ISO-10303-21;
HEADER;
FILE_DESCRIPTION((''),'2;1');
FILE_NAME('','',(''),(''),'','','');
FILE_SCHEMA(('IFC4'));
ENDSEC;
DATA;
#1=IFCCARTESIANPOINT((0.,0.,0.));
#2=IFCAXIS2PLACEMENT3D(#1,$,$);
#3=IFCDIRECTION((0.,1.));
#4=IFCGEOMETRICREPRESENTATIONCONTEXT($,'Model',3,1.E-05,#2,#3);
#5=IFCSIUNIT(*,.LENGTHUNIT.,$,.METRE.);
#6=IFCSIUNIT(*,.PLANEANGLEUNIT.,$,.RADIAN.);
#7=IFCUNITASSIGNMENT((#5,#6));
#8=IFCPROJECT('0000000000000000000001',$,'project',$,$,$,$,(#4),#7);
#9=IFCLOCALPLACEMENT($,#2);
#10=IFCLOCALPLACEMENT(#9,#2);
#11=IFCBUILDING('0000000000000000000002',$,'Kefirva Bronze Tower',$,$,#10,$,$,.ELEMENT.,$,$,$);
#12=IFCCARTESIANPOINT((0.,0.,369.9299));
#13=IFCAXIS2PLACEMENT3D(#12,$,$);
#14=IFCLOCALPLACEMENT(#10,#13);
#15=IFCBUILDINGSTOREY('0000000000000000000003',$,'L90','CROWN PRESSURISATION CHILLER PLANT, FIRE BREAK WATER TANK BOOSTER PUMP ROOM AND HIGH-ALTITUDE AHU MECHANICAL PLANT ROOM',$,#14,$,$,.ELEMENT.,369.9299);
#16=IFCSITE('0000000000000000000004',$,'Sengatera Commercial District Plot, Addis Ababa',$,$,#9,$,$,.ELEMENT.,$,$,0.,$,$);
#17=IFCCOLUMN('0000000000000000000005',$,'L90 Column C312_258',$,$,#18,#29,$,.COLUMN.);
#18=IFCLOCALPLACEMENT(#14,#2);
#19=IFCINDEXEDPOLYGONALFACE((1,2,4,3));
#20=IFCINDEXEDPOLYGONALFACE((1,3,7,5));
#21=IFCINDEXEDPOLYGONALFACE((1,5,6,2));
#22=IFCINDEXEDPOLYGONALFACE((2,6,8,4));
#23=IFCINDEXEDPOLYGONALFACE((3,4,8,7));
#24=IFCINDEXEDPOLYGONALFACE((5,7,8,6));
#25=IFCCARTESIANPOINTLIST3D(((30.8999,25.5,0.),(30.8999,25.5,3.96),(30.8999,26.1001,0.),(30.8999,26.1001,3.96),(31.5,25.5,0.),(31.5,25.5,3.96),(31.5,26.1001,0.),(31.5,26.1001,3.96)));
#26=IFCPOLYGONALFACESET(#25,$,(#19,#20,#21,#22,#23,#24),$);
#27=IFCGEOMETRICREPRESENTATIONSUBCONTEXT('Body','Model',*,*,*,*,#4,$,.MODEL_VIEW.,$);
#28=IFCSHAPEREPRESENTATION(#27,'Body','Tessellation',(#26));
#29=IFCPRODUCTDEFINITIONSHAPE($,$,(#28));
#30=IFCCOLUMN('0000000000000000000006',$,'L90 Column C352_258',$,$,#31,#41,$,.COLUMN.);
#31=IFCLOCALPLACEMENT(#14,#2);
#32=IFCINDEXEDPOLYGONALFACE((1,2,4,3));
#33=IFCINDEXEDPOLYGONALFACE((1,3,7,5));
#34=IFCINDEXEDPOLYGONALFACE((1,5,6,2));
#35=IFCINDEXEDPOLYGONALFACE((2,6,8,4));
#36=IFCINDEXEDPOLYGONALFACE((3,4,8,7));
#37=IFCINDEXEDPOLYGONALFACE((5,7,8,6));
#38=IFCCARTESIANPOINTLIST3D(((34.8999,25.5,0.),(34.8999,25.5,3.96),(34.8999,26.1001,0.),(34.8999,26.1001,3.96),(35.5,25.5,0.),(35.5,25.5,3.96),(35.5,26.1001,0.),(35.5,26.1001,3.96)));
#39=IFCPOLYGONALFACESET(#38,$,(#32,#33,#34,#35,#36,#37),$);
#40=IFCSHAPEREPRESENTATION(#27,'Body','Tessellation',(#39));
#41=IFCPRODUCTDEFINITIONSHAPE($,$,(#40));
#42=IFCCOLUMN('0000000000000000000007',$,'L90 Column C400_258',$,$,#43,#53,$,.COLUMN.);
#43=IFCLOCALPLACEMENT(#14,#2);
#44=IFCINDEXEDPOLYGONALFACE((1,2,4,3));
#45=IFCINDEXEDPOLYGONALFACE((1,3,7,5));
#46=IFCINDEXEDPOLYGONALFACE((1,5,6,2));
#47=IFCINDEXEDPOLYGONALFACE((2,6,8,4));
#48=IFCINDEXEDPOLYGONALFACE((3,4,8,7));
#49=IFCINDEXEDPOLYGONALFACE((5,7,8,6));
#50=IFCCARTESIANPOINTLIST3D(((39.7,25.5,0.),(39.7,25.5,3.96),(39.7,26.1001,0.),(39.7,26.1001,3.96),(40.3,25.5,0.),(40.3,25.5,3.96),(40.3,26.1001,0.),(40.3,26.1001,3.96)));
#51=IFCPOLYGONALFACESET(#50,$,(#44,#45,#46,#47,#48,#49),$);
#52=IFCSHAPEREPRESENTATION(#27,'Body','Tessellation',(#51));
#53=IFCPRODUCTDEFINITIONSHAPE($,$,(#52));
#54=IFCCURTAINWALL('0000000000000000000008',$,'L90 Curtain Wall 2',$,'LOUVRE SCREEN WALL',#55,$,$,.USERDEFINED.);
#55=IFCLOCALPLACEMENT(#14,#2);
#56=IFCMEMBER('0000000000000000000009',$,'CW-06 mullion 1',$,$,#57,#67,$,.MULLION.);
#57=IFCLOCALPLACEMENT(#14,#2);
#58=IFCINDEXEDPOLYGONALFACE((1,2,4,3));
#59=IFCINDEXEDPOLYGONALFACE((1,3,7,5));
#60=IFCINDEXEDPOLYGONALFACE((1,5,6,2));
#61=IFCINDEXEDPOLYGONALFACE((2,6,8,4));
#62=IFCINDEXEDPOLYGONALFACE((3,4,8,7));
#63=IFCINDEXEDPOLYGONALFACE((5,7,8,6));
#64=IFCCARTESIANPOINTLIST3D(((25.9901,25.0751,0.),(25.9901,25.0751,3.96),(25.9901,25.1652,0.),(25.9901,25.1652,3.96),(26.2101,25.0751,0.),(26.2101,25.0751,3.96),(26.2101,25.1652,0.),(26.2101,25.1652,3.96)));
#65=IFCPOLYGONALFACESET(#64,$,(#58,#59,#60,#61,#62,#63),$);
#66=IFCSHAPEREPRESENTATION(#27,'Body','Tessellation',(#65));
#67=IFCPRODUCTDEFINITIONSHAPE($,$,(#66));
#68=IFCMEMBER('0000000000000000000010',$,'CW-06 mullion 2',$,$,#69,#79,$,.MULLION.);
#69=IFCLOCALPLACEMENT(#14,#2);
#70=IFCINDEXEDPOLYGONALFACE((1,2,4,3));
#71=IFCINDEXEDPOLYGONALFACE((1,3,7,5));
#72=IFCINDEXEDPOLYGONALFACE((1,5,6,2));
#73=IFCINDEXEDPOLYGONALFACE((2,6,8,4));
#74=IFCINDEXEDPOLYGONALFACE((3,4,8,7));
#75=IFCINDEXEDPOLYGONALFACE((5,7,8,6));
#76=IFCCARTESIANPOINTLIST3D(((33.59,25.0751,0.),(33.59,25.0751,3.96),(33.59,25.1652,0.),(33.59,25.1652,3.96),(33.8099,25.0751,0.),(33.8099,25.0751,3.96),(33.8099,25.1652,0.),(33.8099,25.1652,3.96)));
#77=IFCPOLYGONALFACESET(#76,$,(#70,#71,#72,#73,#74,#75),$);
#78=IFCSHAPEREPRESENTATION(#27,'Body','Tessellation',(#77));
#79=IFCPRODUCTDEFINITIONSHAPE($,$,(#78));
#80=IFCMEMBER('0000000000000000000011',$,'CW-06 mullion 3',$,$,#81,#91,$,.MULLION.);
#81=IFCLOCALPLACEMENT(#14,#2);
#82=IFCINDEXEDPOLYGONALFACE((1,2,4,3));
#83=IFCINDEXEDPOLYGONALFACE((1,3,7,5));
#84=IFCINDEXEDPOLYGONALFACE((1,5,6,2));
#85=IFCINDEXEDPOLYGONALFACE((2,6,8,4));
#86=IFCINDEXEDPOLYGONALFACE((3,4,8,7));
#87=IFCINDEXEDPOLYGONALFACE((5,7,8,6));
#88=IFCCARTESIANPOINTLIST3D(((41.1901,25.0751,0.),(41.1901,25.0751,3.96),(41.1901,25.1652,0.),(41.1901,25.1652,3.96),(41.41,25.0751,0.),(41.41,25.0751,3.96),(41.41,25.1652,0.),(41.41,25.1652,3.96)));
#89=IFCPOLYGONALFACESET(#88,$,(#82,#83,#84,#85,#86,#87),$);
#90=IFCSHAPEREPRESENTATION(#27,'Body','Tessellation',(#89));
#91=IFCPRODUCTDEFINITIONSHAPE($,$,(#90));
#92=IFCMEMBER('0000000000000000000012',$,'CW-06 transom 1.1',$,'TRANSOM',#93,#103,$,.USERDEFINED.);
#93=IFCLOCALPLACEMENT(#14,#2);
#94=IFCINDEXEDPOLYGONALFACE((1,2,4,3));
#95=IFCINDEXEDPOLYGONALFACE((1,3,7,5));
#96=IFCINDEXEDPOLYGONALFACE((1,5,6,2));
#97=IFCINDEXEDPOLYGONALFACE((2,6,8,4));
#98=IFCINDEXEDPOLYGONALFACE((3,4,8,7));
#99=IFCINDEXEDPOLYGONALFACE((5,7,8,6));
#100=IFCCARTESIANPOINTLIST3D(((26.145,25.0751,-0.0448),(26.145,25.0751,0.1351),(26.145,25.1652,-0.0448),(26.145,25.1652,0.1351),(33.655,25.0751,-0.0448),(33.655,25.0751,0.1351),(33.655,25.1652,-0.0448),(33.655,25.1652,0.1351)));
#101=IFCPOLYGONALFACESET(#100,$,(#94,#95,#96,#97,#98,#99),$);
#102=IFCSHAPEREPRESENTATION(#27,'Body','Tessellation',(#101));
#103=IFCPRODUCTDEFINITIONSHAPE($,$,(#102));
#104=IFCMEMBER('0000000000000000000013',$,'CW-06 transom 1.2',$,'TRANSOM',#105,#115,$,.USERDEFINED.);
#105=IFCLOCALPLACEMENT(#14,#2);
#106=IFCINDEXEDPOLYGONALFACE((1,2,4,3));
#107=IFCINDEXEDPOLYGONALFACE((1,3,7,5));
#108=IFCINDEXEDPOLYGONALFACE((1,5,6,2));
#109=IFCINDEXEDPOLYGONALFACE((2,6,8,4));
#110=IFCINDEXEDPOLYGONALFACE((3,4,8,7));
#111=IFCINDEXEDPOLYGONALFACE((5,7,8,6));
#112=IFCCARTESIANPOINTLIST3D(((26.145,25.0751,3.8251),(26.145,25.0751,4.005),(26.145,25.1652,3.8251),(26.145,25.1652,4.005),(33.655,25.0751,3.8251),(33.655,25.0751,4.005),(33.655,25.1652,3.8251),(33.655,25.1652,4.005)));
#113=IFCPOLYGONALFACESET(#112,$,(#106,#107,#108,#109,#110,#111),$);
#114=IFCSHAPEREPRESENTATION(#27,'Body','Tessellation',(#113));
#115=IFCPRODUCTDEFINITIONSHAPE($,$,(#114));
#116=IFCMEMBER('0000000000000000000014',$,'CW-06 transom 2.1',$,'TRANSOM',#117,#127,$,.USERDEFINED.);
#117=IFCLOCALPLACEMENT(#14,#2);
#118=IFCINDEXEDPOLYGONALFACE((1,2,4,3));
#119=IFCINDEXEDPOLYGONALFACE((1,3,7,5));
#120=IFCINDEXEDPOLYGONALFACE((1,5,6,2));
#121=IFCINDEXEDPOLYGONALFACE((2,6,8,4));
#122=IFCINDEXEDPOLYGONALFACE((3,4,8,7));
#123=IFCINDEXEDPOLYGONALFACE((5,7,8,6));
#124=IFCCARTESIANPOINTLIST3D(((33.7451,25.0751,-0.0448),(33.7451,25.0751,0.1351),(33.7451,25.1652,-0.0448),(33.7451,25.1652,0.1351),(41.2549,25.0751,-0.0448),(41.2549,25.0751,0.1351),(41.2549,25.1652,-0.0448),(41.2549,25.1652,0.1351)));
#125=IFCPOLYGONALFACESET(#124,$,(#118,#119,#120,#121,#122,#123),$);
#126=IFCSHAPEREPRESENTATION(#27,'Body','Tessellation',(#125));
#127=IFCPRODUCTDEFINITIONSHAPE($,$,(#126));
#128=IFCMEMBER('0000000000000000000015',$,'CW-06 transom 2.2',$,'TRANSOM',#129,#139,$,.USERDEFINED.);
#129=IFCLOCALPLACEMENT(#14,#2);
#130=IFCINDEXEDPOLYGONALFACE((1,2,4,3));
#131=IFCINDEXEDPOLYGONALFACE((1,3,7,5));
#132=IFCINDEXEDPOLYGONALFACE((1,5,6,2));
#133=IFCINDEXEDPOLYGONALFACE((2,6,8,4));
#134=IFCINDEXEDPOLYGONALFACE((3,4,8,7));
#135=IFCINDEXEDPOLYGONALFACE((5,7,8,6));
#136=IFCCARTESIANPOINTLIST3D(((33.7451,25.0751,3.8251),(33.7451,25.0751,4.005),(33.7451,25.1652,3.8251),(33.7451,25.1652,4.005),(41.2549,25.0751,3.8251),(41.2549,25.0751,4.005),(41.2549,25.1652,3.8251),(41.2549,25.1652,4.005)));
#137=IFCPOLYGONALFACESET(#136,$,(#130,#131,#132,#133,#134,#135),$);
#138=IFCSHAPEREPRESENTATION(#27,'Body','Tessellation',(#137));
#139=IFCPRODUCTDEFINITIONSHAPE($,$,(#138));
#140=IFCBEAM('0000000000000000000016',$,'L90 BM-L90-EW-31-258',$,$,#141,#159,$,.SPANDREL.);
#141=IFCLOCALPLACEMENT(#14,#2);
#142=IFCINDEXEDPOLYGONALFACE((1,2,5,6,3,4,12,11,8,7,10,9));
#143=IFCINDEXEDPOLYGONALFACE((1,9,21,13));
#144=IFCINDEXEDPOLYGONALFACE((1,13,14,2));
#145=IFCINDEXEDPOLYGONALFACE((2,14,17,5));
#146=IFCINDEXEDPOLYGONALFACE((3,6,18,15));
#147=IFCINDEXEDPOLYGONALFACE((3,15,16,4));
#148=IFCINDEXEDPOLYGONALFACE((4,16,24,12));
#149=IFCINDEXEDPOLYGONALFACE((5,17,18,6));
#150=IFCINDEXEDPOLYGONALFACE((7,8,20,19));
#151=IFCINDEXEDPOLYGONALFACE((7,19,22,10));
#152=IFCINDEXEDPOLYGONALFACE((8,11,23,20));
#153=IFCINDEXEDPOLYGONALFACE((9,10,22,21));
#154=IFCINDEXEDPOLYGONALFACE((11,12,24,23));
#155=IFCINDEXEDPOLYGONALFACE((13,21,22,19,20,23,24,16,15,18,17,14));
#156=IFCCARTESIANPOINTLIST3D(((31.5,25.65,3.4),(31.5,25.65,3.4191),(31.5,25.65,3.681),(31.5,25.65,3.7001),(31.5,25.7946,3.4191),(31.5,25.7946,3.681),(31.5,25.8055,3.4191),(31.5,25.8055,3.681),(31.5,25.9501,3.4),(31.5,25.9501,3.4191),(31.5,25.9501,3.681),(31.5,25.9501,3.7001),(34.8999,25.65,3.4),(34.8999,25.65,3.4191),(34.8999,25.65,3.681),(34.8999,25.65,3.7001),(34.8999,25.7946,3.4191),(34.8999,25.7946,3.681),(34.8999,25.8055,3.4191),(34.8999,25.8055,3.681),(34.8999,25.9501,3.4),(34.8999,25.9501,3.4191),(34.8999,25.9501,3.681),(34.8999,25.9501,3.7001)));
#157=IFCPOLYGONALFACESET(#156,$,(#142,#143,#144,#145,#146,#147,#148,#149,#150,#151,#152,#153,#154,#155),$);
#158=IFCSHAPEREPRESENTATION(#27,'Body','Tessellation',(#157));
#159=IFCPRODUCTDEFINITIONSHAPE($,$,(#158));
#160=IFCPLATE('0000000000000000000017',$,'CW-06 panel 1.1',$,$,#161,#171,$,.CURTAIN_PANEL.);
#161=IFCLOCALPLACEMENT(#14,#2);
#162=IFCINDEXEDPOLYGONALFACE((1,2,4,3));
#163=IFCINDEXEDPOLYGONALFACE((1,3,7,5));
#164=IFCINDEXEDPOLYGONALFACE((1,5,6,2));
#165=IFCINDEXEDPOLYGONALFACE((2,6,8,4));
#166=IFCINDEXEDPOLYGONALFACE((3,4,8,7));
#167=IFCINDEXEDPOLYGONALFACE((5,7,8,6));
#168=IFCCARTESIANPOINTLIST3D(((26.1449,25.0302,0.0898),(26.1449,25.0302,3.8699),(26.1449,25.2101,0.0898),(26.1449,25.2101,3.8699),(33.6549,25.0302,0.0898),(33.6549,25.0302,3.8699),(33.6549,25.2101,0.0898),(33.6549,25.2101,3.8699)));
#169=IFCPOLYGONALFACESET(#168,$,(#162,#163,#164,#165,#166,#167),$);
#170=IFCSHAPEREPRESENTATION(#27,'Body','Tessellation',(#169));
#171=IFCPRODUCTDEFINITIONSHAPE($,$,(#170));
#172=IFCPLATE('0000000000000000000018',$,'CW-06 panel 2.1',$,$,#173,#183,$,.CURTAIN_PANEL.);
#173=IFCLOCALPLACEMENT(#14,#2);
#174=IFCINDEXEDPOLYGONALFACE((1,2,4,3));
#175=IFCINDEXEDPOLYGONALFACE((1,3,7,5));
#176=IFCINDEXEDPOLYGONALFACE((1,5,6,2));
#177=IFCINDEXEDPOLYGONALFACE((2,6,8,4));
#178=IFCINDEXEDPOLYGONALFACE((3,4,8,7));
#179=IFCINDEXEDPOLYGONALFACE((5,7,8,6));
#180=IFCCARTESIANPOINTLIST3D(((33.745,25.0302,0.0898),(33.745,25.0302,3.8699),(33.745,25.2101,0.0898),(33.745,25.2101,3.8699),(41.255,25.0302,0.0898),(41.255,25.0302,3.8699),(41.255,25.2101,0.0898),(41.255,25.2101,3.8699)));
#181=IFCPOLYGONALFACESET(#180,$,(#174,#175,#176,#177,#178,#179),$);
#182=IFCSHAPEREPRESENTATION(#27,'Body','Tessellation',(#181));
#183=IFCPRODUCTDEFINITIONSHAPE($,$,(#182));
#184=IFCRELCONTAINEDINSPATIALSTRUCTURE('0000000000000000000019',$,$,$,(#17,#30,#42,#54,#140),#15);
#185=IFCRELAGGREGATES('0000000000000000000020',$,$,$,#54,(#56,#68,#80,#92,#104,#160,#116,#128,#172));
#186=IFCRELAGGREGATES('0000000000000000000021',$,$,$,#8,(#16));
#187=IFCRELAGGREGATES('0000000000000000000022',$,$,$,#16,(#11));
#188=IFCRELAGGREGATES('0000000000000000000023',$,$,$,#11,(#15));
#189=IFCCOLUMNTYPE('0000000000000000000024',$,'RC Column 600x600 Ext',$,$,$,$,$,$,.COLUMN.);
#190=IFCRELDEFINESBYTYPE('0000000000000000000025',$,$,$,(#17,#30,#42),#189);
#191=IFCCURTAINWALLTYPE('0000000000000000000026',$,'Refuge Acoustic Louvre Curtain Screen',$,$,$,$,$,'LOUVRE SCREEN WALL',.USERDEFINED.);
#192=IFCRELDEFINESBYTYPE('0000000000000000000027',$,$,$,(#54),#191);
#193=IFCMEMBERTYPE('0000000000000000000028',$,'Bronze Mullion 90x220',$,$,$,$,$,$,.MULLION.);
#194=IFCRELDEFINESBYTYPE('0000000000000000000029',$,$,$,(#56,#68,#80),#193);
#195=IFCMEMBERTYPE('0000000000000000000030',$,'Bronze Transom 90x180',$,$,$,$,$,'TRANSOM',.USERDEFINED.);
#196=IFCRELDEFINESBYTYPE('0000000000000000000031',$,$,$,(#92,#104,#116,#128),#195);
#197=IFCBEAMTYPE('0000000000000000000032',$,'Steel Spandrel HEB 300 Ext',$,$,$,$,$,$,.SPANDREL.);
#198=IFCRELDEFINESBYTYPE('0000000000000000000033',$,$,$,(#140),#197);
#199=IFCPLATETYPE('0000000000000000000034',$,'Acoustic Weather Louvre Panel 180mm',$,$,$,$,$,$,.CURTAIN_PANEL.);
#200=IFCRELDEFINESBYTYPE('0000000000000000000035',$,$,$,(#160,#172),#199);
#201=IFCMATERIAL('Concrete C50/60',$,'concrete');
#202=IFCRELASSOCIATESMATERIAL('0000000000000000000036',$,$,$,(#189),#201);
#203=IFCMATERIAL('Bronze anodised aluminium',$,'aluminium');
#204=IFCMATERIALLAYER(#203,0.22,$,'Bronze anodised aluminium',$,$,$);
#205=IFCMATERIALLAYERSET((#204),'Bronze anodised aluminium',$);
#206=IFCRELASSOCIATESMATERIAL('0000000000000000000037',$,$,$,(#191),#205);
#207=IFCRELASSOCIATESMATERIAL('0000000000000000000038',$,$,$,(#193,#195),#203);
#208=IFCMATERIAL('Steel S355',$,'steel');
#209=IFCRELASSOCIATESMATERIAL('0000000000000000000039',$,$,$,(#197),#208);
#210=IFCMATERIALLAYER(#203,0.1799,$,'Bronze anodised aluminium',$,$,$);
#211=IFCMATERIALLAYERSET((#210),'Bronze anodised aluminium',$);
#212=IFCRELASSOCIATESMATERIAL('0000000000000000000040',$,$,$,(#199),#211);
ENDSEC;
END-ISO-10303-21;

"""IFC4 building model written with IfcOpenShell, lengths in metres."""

from ifc_helpers import new_model, si_unit, direction, frame, origin, origin_2d, place, context, subcontext, project, spatial, rectangle, i_section, extrude, material, layer, layer_set, material_profile, profile_set, type_object, element, aggregate, save


model = new_model("IFC4")

# Units and contexts
model_context = context("Model", 3, precision=1e-05, world=origin(), true_north=direction((0.0, 1.0)))
body_context = subcontext(model_context, "Body", "Model", "MODEL_VIEW")
ifc_project = project(units=[si_unit("LENGTHUNIT", "METRE"), si_unit("PLANEANGLEUNIT", "RADIAN")], contexts=[model_context])

# Site, building, storey
site_placement = place(None, origin())
site = spatial("IfcSite", under=ifc_project, at=site_placement, Name="Sengatera Commercial District Plot, Addis Ababa", CompositionType="ELEMENT", RefElevation=0.0)
building_placement = place(site_placement, origin())
building = spatial("IfcBuilding", under=site, at=building_placement, Name="Kefirva Bronze Tower", CompositionType="ELEMENT")
storey_placement = place(building_placement, frame((0.0, 0.0, 369.9299)))
storey = spatial("IfcBuildingStorey", under=building, at=storey_placement, Name="L90", Description="CROWN PRESSURISATION CHILLER PLANT, FIRE BREAK WATER TANK BOOSTER PUMP ROOM AND HIGH-ALTITUDE AHU MECHANICAL PLANT ROOM", CompositionType="ELEMENT", Elevation=369.9299)

# Columns
ifc_material_1 = material(Name="Concrete C50/60", Category="concrete")
ifc_material_profile_1 = material_profile(ifc_material_1, rectangle(XDim=0.6001, YDim=0.6001, at=origin_2d()), Name="RC 600x600")
ifc_profile_set_1 = profile_set([ifc_material_profile_1], Name="Concrete C50/60")
column_type = type_object("IfcColumnType", Name="RC Column 600x600 Ext", PredefinedType="COLUMN", material=ifc_profile_set_1)
for number, where, z_axis, x_axis, name in (
    (1, (31.2, 25.8, 0.0), (0.0, 0.0, 1.0), (1.0, 0.0, 0.0), "L90 Column C312_258"),
    (2, (35.2, 25.8, 0.0), (0.0, 0.0, 1.0), (1.0, 0.0, 0.0), "L90 Column C352_258"),
    (3, (40.0, 25.8, 0.0), (0.0, 0.0, 1.0), (1.0, 0.0, 0.0), "L90 Column C400_258"),
):
    element("IfcColumn", number, at=place(storey_placement, frame(where, z_axis=z_axis, x_axis=x_axis)), inside=storey, type_object=column_type, Name=name, PredefinedType="COLUMN", context=body_context, shape_type="SweptSolid", body=[
        extrude(rectangle(XDim=0.6001, YDim=0.6001, at=origin_2d()), origin(), (0.0, 0.0, 1.0), 3.96),
    ])

# Curtain wall, members
ifc_material_2 = material(Name="Bronze anodised aluminium", Category="aluminium")
ifc_layer_1 = layer(ifc_material_2, 0.22, Name="Bronze anodised aluminium")
ifc_layer_set_1 = layer_set([ifc_layer_1], Name="Bronze anodised aluminium")
curtain_wall_type = type_object("IfcCurtainWallType", Name="Refuge Acoustic Louvre Curtain Screen", ElementType="LOUVRE SCREEN WALL", PredefinedType="USERDEFINED", material=ifc_layer_set_1)
curtain_wall_placement = place(storey_placement, origin())
curtain_wall = element("IfcCurtainWall", 4, at=curtain_wall_placement, inside=storey, type_object=curtain_wall_type, Name="L90 Curtain Wall 2", ObjectType="LOUVRE SCREEN WALL", PredefinedType="USERDEFINED")
ifc_material_profile_2 = material_profile(ifc_material_2, rectangle(XDim=0.0901, YDim=0.22, at=origin_2d()), Name="ALU 90x220")
ifc_profile_set_2 = profile_set([ifc_material_profile_2], Name="Bronze anodised aluminium")
member_type_1 = type_object("IfcMemberType", Name="Bronze Mullion 90x220", PredefinedType="MULLION", material=ifc_profile_set_2)
member_1_placement = place(storey_placement, frame((26.1001, 25.1201, 0.0), z_axis=(0.0, 0.0, 1.0), x_axis=(0.0, 1.0, 0.0)))
member_1 = element("IfcMember", 5, at=member_1_placement, type_object=member_type_1, Name="CW-06 mullion 1", PredefinedType="MULLION", context=body_context, shape_type="SweptSolid", body=[
    extrude(rectangle(XDim=0.0901, YDim=0.22, at=origin_2d()), origin(), (0.0, 0.0, 1.0), 3.96),
])
member_2_placement = place(storey_placement, frame((33.7, 25.1201, 0.0), z_axis=(0.0, 0.0, 1.0), x_axis=(0.0, 1.0, 0.0)))
member_2 = element("IfcMember", 6, at=member_2_placement, type_object=member_type_1, Name="CW-06 mullion 2", PredefinedType="MULLION", context=body_context, shape_type="SweptSolid", body=[
    extrude(rectangle(XDim=0.0901, YDim=0.22, at=origin_2d()), origin(), (0.0, 0.0, 1.0), 3.96),
])
member_3_placement = place(storey_placement, frame((41.3, 25.1201, 0.0), z_axis=(0.0, 0.0, 1.0), x_axis=(0.0, 1.0, 0.0)))
member_3 = element("IfcMember", 7, at=member_3_placement, type_object=member_type_1, Name="CW-06 mullion 3", PredefinedType="MULLION", context=body_context, shape_type="SweptSolid", body=[
    extrude(rectangle(XDim=0.0901, YDim=0.22, at=origin_2d()), origin(), (0.0, 0.0, 1.0), 3.96),
])
ifc_material_profile_3 = material_profile(ifc_material_2, rectangle(XDim=0.0901, YDim=0.1799, at=origin_2d()), Name="ALU 90x180")
ifc_profile_set_3 = profile_set([ifc_material_profile_3], Name="Bronze anodised aluminium")
member_type_2 = type_object("IfcMemberType", Name="Bronze Transom 90x180", ElementType="TRANSOM", PredefinedType="USERDEFINED", material=ifc_profile_set_3)
member_4_placement = place(storey_placement, frame((26.145, 25.1201, 0.0452), z_axis=(1.0, 0.0, 0.0), x_axis=(0.0, 1.0, 0.0)))
member_4 = element("IfcMember", 8, at=member_4_placement, type_object=member_type_2, Name="CW-06 transom 1.1", ObjectType="TRANSOM", PredefinedType="USERDEFINED", context=body_context, shape_type="SweptSolid", body=[
    extrude(rectangle(XDim=0.0901, YDim=0.1799, at=origin_2d()), origin(), (0.0, 0.0, 1.0), 7.51),
])
member_5_placement = place(storey_placement, frame((26.145, 25.1201, 3.915), z_axis=(1.0, 0.0, 0.0), x_axis=(0.0, 1.0, 0.0)))
member_5 = element("IfcMember", 9, at=member_5_placement, type_object=member_type_2, Name="CW-06 transom 1.2", ObjectType="TRANSOM", PredefinedType="USERDEFINED", context=body_context, shape_type="SweptSolid", body=[
    extrude(rectangle(XDim=0.0901, YDim=0.1799, at=origin_2d()), origin(), (0.0, 0.0, 1.0), 7.51),
])
member_6_placement = place(storey_placement, frame((33.7451, 25.1201, 0.0452), z_axis=(1.0, 0.0, 0.0), x_axis=(0.0, 1.0, 0.0)))
member_6 = element("IfcMember", 10, at=member_6_placement, type_object=member_type_2, Name="CW-06 transom 2.1", ObjectType="TRANSOM", PredefinedType="USERDEFINED", context=body_context, shape_type="SweptSolid", body=[
    extrude(rectangle(XDim=0.0901, YDim=0.1799, at=origin_2d()), origin(), (0.0, 0.0, 1.0), 7.5098),
])
member_7_placement = place(storey_placement, frame((33.7451, 25.1201, 3.915), z_axis=(1.0, 0.0, 0.0), x_axis=(0.0, 1.0, 0.0)))
member_7 = element("IfcMember", 11, at=member_7_placement, type_object=member_type_2, Name="CW-06 transom 2.2", ObjectType="TRANSOM", PredefinedType="USERDEFINED", context=body_context, shape_type="SweptSolid", body=[
    extrude(rectangle(XDim=0.0901, YDim=0.1799, at=origin_2d()), origin(), (0.0, 0.0, 1.0), 7.5098),
])

# Beam
ifc_material_3 = material(Name="Steel S355", Category="steel")
ifc_material_profile_4 = material_profile(ifc_material_3, i_section(OverallWidth=0.3, OverallDepth=0.3, WebThickness=0.011, FlangeThickness=0.019, at=origin_2d()), Name="HEB 300")
ifc_profile_set_4 = profile_set([ifc_material_profile_4], Name="Steel S355")
beam_type = type_object("IfcBeamType", Name="Steel Spandrel HEB 300 Ext", PredefinedType="SPANDREL", material=ifc_profile_set_4)
beam_placement = place(storey_placement, frame((31.5, 25.8, 3.55), z_axis=(1.0, 0.0, 0.0), x_axis=(0.0, 1.0, 0.0)))
element("IfcBeam", 12, at=beam_placement, inside=storey, type_object=beam_type, Name="L90 BM-L90-EW-31-258", PredefinedType="SPANDREL", context=body_context, shape_type="SweptSolid", body=[
    extrude(i_section(OverallWidth=0.3, OverallDepth=0.3, WebThickness=0.011, FlangeThickness=0.019, at=origin_2d()), origin(), (0.0, 0.0, 1.0), 3.3999),
])

# Plates
ifc_layer_2 = layer(ifc_material_2, 0.1799, Name="Bronze anodised aluminium")
ifc_layer_set_2 = layer_set([ifc_layer_2], Name="Bronze anodised aluminium")
plate_type = type_object("IfcPlateType", Name="Acoustic Weather Louvre Panel 180mm", PredefinedType="CURTAIN_PANEL", material=ifc_layer_set_2)
plate_1_placement = place(storey_placement, frame((29.8999, 25.1201, 0.0898), z_axis=(0.0, 0.0, 1.0), x_axis=(1.0, 0.0, 0.0)))
plate_1 = element("IfcPlate", 13, at=plate_1_placement, type_object=plate_type, Name="CW-06 panel 1.1", PredefinedType="CURTAIN_PANEL", context=body_context, shape_type="SweptSolid", body=[
    extrude(rectangle(XDim=7.51, YDim=0.1799, at=origin_2d()), origin(), (0.0, 0.0, 1.0), 3.78),
])
plate_2_placement = place(storey_placement, frame((37.5, 25.1201, 0.0898), z_axis=(0.0, 0.0, 1.0), x_axis=(1.0, 0.0, 0.0)))
plate_2 = element("IfcPlate", 14, at=plate_2_placement, type_object=plate_type, Name="CW-06 panel 2.1", PredefinedType="CURTAIN_PANEL", context=body_context, shape_type="SweptSolid", body=[
    extrude(rectangle(XDim=7.51, YDim=0.1799, at=origin_2d()), origin(), (0.0, 0.0, 1.0), 3.78),
])
aggregate(curtain_wall, [member_1, member_2, member_3, member_4, member_5, plate_1, member_6, member_7, plate_2])

save(model, "model.ifc")
